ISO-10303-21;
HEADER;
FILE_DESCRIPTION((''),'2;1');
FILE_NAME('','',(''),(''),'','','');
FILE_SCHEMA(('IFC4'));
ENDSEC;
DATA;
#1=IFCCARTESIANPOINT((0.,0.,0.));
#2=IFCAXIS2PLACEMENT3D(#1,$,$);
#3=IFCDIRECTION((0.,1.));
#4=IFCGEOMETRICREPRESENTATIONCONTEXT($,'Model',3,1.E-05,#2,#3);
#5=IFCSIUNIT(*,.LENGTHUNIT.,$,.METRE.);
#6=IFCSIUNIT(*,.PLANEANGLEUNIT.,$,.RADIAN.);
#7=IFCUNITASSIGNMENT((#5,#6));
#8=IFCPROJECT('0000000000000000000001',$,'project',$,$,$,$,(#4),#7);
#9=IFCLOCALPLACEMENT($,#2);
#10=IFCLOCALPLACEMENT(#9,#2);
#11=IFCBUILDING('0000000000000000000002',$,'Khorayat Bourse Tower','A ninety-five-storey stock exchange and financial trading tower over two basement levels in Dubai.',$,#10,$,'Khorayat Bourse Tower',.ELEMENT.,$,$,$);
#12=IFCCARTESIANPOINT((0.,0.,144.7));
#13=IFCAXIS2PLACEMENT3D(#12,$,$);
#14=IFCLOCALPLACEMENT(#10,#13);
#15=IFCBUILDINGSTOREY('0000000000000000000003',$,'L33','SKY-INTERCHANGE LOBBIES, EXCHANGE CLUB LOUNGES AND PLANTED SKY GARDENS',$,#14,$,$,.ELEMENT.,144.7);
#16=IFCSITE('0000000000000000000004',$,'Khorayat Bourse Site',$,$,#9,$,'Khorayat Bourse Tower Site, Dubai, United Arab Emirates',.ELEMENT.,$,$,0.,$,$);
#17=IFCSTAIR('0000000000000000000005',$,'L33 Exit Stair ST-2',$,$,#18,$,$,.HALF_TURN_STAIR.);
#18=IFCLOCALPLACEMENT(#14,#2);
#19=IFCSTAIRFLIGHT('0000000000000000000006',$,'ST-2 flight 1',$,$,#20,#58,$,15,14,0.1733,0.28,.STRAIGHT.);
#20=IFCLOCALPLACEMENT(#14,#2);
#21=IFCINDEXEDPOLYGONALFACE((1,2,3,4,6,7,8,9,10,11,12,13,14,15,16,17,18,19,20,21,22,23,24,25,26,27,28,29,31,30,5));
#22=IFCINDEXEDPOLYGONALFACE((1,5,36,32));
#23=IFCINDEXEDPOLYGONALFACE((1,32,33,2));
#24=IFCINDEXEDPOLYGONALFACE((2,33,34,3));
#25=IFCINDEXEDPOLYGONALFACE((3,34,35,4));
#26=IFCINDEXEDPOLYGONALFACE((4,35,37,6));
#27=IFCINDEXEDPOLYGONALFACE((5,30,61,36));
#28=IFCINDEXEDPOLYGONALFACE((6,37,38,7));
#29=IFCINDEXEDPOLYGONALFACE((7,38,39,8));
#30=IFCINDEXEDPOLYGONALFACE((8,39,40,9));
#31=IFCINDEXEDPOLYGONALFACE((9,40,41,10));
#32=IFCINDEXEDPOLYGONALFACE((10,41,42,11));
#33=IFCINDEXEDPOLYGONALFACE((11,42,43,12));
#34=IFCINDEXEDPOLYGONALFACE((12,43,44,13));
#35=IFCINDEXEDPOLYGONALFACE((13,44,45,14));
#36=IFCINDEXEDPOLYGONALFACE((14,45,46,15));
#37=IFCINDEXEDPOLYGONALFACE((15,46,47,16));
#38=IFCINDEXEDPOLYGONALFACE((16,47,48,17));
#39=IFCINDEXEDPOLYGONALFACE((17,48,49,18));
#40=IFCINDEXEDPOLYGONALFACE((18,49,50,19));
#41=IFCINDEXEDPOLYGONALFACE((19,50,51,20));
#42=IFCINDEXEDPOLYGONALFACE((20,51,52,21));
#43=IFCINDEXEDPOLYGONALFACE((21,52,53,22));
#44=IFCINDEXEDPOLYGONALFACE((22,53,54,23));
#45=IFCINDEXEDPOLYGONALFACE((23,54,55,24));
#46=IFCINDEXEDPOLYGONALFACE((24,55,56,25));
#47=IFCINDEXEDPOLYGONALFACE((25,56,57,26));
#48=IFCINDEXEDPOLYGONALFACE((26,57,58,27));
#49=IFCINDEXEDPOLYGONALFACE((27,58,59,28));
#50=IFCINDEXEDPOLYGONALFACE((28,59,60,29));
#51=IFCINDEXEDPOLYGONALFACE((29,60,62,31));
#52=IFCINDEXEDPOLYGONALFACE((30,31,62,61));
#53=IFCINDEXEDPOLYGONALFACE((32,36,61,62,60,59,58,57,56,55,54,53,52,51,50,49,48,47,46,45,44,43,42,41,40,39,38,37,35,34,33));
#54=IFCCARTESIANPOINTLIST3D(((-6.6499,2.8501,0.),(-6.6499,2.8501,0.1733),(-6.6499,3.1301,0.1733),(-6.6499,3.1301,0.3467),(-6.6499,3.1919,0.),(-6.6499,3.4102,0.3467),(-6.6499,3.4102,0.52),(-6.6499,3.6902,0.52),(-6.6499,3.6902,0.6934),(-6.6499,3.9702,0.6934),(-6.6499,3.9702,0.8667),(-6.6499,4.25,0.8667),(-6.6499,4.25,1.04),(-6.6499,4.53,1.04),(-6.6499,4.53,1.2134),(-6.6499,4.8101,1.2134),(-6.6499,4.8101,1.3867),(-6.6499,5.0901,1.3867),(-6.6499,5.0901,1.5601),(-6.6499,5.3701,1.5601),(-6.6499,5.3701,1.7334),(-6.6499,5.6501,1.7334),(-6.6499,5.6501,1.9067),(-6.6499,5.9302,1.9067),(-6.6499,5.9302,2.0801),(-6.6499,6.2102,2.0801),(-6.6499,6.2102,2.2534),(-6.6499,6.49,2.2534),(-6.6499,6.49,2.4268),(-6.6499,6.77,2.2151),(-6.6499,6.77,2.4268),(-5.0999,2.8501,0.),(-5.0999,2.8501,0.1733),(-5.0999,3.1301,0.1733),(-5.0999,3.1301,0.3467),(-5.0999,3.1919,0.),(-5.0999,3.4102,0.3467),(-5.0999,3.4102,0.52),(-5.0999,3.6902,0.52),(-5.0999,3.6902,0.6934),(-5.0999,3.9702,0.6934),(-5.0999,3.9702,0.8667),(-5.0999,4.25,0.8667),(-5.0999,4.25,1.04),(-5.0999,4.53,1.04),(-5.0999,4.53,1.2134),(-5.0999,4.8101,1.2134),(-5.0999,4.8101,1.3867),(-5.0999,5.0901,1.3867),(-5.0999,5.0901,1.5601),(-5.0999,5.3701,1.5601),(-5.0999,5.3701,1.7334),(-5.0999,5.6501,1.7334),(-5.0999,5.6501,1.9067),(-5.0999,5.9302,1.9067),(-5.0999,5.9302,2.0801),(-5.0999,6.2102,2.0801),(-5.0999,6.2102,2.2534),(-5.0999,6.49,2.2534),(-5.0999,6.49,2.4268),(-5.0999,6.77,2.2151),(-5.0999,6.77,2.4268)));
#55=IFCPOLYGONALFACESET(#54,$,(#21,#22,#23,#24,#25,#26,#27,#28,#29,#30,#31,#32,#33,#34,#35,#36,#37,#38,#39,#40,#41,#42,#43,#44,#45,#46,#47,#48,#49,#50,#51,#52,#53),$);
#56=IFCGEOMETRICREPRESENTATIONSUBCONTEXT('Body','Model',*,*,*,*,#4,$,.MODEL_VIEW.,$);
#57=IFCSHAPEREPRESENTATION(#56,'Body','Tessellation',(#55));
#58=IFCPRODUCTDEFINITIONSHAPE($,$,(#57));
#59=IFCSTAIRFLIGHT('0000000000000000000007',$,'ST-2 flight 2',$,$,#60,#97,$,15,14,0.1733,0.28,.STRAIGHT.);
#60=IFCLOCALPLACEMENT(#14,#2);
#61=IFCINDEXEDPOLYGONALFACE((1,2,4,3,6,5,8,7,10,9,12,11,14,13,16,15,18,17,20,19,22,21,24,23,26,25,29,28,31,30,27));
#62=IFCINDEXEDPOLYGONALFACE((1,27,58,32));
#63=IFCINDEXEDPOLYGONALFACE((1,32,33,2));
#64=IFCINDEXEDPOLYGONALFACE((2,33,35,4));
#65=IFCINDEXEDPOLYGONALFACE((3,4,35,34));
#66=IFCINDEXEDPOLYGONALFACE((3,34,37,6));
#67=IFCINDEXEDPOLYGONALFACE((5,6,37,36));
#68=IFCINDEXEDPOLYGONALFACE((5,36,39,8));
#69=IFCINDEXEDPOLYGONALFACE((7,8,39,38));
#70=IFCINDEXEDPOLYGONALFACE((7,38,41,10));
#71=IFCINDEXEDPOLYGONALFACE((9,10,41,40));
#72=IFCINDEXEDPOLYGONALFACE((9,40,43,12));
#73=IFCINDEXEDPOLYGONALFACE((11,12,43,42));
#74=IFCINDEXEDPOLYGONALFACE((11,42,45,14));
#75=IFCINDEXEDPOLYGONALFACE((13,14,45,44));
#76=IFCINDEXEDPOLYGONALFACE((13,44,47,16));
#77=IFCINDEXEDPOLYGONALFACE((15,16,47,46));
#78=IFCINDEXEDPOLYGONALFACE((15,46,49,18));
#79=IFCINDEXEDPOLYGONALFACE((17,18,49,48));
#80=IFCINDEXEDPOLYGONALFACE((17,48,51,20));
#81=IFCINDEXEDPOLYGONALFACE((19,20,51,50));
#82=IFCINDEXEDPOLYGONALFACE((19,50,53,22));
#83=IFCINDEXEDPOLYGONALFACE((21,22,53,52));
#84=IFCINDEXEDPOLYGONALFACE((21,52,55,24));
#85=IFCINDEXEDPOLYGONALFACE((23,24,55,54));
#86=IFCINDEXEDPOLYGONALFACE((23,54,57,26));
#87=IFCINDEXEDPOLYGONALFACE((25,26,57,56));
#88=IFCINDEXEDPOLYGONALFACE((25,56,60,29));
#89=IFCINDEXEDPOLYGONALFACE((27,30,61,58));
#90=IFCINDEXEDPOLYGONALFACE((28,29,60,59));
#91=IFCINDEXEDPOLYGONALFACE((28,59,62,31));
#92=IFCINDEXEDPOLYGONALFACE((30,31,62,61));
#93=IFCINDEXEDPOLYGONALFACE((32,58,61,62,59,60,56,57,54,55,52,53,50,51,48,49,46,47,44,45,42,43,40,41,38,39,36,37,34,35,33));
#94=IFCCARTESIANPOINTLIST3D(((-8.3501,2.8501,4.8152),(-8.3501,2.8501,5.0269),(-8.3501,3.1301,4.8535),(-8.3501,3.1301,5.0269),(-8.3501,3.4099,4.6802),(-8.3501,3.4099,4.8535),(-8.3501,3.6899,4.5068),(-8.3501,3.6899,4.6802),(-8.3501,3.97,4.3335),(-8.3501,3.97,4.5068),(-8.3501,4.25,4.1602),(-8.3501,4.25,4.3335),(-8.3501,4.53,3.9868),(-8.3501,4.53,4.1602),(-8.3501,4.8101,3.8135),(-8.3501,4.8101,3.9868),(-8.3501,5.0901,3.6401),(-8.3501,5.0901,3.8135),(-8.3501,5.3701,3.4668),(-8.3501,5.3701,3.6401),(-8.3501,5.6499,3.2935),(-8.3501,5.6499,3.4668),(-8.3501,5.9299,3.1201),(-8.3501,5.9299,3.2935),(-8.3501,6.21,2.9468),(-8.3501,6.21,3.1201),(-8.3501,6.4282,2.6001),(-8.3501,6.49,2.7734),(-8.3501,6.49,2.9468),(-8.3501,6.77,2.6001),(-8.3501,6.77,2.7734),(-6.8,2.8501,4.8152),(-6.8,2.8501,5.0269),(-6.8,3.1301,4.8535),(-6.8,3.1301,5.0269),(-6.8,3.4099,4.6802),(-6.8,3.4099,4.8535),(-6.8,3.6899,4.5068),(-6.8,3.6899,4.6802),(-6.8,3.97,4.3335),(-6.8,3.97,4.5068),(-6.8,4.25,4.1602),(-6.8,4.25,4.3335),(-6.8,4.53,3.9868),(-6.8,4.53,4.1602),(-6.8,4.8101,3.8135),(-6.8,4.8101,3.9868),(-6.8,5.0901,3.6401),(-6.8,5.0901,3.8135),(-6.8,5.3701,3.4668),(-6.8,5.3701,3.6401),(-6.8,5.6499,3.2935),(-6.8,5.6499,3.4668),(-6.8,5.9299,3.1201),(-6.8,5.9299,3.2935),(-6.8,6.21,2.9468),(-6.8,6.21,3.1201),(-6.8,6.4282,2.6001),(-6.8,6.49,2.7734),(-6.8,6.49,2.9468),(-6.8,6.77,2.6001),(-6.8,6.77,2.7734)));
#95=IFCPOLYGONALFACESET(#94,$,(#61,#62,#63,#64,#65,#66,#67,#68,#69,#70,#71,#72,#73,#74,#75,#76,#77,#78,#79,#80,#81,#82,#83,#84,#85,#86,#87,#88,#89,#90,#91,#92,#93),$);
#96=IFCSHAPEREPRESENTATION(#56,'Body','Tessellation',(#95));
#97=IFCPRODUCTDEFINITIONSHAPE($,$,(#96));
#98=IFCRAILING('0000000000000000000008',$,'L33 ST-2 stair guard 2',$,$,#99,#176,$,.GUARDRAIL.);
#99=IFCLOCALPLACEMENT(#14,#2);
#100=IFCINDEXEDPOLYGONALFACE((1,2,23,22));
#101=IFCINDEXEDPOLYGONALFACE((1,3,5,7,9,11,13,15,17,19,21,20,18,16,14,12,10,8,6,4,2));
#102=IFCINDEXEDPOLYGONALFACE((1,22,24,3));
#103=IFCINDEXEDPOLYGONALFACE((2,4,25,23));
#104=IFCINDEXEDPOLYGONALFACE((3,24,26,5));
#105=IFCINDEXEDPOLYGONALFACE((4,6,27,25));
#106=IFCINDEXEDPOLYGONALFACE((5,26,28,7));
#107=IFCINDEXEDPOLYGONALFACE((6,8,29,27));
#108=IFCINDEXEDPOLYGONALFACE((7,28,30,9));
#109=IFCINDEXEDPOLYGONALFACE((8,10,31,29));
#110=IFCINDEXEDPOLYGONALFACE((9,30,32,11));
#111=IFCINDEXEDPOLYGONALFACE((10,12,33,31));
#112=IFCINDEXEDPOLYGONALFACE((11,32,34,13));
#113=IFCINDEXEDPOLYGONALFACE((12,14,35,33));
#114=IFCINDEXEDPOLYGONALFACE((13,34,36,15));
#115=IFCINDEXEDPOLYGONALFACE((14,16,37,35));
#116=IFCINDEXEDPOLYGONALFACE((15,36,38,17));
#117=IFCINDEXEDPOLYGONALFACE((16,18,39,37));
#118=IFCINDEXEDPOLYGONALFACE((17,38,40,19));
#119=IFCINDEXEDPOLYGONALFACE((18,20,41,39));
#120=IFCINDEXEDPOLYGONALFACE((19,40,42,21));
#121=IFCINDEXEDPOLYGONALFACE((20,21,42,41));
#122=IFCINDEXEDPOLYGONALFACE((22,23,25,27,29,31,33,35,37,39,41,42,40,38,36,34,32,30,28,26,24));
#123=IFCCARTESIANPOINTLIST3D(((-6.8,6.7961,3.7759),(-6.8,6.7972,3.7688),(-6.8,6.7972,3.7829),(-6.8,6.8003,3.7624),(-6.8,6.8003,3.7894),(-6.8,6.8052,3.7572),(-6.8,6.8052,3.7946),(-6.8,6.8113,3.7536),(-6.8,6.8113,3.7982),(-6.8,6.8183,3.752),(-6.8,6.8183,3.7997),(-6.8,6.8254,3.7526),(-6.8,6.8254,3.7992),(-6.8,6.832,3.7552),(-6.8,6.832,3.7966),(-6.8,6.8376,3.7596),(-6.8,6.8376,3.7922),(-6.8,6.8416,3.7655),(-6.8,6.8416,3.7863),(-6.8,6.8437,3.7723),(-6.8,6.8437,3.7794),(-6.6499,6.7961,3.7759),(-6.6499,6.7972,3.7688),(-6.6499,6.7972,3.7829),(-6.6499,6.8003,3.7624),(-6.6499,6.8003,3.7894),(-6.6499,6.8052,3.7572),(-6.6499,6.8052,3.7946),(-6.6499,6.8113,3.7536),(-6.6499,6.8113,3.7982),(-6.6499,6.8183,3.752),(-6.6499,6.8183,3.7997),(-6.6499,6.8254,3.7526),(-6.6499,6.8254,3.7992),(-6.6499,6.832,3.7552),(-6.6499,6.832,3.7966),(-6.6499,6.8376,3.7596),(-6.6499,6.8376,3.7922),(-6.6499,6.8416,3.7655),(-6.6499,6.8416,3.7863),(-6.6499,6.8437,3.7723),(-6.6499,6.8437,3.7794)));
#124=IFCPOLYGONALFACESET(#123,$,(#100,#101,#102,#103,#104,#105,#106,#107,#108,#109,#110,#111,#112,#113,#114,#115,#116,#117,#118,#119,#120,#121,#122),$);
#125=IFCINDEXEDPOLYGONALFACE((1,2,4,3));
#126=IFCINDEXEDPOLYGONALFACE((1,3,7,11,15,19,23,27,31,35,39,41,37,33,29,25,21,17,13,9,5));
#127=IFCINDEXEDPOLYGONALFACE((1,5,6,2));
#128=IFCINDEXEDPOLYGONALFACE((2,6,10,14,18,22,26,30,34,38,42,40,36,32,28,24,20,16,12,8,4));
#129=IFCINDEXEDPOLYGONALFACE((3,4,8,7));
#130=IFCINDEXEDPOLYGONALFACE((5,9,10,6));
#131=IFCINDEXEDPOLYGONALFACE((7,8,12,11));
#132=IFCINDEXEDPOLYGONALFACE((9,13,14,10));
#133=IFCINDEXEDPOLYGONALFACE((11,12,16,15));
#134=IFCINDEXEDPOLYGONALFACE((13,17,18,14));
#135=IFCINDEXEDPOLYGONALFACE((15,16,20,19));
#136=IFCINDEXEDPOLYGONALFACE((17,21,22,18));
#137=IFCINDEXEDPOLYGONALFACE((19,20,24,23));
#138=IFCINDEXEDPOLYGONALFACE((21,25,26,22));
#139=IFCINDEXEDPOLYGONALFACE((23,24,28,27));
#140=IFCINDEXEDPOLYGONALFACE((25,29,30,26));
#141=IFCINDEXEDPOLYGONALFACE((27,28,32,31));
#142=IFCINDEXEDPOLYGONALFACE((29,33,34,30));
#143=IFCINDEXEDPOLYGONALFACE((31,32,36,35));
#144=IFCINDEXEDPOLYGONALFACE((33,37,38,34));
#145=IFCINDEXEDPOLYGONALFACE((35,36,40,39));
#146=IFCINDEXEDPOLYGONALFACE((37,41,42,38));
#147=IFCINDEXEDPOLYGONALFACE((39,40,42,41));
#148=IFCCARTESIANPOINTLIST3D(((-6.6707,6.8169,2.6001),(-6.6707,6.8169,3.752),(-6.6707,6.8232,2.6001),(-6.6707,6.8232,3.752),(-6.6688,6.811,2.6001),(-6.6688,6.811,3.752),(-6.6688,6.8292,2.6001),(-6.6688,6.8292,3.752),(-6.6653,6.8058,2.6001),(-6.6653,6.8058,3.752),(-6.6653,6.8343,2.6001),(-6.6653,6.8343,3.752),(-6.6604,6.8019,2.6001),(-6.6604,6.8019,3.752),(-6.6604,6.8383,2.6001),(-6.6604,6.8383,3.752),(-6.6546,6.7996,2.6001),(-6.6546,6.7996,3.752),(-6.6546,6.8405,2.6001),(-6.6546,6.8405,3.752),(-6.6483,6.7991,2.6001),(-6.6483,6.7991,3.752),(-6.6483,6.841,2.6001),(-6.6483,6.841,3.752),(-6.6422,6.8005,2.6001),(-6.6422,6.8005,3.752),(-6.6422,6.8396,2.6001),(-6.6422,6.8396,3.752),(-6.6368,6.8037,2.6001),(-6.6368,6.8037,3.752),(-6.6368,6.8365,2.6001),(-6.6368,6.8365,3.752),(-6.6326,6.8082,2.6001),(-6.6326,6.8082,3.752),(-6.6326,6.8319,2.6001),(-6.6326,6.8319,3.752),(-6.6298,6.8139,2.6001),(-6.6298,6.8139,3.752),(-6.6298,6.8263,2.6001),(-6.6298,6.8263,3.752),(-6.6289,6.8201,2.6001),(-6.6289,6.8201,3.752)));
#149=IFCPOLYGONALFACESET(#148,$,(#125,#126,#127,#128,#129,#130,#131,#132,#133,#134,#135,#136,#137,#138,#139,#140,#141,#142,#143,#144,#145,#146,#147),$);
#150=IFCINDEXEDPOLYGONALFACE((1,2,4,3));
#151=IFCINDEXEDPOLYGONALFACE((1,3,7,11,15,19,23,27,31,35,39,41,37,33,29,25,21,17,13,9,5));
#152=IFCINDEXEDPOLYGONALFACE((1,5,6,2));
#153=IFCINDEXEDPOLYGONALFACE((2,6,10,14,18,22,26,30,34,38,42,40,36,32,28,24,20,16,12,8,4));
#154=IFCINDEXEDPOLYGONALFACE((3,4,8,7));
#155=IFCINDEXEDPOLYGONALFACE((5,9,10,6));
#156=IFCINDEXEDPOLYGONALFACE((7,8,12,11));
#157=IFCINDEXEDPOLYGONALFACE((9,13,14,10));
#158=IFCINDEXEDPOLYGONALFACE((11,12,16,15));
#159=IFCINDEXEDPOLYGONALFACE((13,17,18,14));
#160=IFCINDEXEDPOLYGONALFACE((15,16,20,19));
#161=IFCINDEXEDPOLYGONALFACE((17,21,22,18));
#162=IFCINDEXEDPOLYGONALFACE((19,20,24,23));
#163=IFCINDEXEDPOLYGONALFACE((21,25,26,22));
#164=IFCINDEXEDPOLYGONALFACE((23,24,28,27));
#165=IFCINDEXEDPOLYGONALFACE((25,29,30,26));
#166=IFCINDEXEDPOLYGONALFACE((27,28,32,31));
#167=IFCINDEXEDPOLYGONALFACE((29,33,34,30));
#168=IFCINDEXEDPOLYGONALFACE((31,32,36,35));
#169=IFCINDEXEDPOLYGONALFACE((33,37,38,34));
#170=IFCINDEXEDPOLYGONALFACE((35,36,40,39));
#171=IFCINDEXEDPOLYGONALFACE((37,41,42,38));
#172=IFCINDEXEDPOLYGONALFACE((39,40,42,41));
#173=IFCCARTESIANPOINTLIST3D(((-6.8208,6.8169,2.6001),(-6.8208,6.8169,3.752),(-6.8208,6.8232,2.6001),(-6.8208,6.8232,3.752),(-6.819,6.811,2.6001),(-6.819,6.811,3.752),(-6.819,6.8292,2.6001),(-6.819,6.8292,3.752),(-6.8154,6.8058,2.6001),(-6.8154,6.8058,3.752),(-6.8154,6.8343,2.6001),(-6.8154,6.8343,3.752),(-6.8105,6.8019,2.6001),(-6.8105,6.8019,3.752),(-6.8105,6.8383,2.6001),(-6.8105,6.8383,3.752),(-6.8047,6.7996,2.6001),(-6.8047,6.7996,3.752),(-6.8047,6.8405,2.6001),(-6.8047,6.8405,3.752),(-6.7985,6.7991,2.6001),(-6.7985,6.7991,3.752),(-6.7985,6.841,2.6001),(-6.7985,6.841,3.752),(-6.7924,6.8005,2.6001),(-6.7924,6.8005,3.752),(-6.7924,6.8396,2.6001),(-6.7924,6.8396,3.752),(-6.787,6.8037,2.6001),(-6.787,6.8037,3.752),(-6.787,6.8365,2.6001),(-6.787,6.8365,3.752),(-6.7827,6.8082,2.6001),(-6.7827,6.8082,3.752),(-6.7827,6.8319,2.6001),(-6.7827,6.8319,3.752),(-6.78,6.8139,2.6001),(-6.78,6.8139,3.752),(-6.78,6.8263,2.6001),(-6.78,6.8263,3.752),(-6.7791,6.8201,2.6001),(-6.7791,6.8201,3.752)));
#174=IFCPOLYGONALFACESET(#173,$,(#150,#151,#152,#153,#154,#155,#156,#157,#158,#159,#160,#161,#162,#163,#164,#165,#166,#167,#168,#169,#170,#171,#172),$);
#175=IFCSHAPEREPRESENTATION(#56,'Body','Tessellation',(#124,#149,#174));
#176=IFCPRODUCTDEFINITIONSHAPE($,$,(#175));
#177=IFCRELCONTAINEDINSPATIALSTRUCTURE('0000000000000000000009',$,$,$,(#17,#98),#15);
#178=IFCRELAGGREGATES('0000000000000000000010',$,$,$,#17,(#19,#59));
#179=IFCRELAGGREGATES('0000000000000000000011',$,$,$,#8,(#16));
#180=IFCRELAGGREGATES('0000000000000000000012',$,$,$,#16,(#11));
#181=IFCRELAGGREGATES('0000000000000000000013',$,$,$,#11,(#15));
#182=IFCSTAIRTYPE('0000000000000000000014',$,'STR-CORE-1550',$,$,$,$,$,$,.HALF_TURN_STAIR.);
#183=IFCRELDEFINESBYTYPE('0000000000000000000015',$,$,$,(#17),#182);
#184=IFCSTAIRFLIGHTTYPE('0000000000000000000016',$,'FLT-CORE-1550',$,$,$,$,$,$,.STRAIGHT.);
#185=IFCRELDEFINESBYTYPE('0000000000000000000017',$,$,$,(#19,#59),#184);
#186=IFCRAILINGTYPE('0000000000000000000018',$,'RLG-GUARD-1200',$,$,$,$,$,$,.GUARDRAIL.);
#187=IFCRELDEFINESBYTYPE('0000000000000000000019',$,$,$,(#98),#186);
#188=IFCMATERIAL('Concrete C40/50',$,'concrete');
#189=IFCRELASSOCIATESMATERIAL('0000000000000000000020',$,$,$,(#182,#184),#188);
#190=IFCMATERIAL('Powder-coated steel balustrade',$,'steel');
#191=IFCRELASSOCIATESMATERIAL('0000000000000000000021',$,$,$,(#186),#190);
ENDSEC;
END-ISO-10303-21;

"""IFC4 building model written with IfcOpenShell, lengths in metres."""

from ifc_helpers import new_model, si_unit, direction, frame, origin, origin_2d, place, context, subcontext, project, spatial, polyline, circle, outline, extrude, source, transform, mapped, material, type_object, element, aggregate, save


model = new_model("IFC4")

# Units and contexts
model_context = context("Model", 3, precision=1e-05, world=origin(), true_north=direction((0.0, 1.0)))
body_context = subcontext(model_context, "Body", "Model", "MODEL_VIEW")
ifc_project = project(units=[si_unit("LENGTHUNIT", "METRE"), si_unit("PLANEANGLEUNIT", "RADIAN")], contexts=[model_context])

# Site, building, storey
site_placement = place(None, origin())
site = spatial("IfcSite", under=ifc_project, at=site_placement, Name="Khorayat Bourse Site", LongName="Khorayat Bourse Tower Site, Dubai, United Arab Emirates", CompositionType="ELEMENT", RefElevation=0.0)
building_placement = place(site_placement, origin())
building = spatial("IfcBuilding", under=site, at=building_placement, Name="Khorayat Bourse Tower", Description="A ninety-five-storey stock exchange and financial trading tower over two basement levels in Dubai.", LongName="Khorayat Bourse Tower", CompositionType="ELEMENT")
storey_placement = place(building_placement, frame((0.0, 0.0, 144.7)))
storey = spatial("IfcBuildingStorey", under=building, at=storey_placement, Name="L33", Description="SKY-INTERCHANGE LOBBIES, EXCHANGE CLUB LOUNGES AND PLANTED SKY GARDENS", CompositionType="ELEMENT", Elevation=144.7)

# Stair, stair flights
ifc_material_1 = material(Name="Concrete C40/50", Category="concrete")
stair_type = type_object("IfcStairType", Name="STR-CORE-1550", PredefinedType="HALF_TURN_STAIR", material=ifc_material_1)
stair_placement = place(storey_placement, origin())
stair = element("IfcStair", 1, at=stair_placement, inside=storey, type_object=stair_type, Name="L33 Exit Stair ST-2", PredefinedType="HALF_TURN_STAIR")
stair_flight_type = type_object("IfcStairFlightType", Name="FLT-CORE-1550", PredefinedType="STRAIGHT", material=ifc_material_1)
shared_shape_1 = source(origin(), body_context, "Body", "SweptSolid", [
    extrude(outline(polyline([(0.0, 0.0), (0.0, 0.1733), (0.28, 0.1733), (0.28, 0.3467), (0.5601, 0.3467), (0.5601, 0.52), (0.8401, 0.52), (0.8401, 0.6934), (1.1201, 0.6934), (1.1201, 0.8667), (1.3999, 0.8667), (1.3999, 1.04), (1.6799, 1.04), (1.6799, 1.2134), (1.96, 1.2134), (1.96, 1.3867), (2.24, 1.3867), (2.24, 1.5601), (2.52, 1.5601), (2.52, 1.7334), (2.8, 1.7334), (2.8, 1.9067), (3.0801, 1.9067), (3.0801, 2.0801), (3.3601, 2.0801), (3.3601, 2.2534), (3.6399, 2.2534), (3.6399, 2.4268), (3.9199, 2.4268), (3.9199, 2.6001), (3.9199, 2.2151), (0.3418, 0.0), (0.0, 0.0)])), frame((0.0, 0.7749, 0.0), z_axis=(0.0, -1.0, 0.0), x_axis=(1.0, 0.0, 0.0)), (0.0, 0.0, 1.0), 1.55),
])
stair_flight_1_placement = place(storey_placement, frame((-5.875, 2.8501, 0.0), z_axis=(0.0, 0.0, 1.0), x_axis=(0.0, 1.0, 0.0)))
stair_flight_1 = element("IfcStairFlight", 2, at=stair_flight_1_placement, type_object=stair_flight_type, Name="ST-2 flight 1", NumberOfRisers=15, NumberOfTreads=14, PredefinedType="STRAIGHT", RiserHeight=0.1733, TreadLength=0.28, context=body_context, shape_type="MappedRepresentation", body=[
    mapped(shared_shape_1, transform((0.0, 0.0, 0.0), scale=1.0)),
])
stair_flight_2_placement = place(storey_placement, frame((-7.575, 6.77, 2.6001), z_axis=(0.0, 0.0, 1.0), x_axis=(0.0, -1.0, 0.0)))
stair_flight_2 = element("IfcStairFlight", 3, at=stair_flight_2_placement, type_object=stair_flight_type, Name="ST-2 flight 2", NumberOfRisers=15, NumberOfTreads=14, PredefinedType="STRAIGHT", RiserHeight=0.1733, TreadLength=0.28, context=body_context, shape_type="MappedRepresentation", body=[
    mapped(shared_shape_1, transform((0.0, 0.0, 0.0), scale=1.0)),
])
aggregate(stair, [stair_flight_1, stair_flight_2])

# Railing
ifc_material_2 = material(Name="Powder-coated steel balustrade", Category="steel")
railing_type_1 = type_object("IfcRailingType", Name="RLG-GUARD-1200", PredefinedType="GUARDRAIL", material=ifc_material_2)
shared_shape_2 = source(origin(), body_context, "Body", "SweptSolid", [
    extrude(circle(Radius=0.0239, at=origin_2d()), frame((0.0, 0.0, 1.1758), z_axis=(-1.0, 0.0, 0.0), x_axis=(0.0, -1.0, 0.0)), (0.0, 0.0, 1.0), 0.1501),
    extrude(circle(Radius=0.021, at=origin_2d()), origin(), (0.0, 0.0, 1.0), 1.1519),
    extrude(circle(Radius=0.021, at=origin_2d()), frame((-0.1501, 0.0, 0.0)), (0.0, 0.0, 1.0), 1.1519),
])
for number, where, name in (
    (4, (-6.6499, 6.8201, 2.6001), "L33 ST-2 stair guard 2"),
):
    element("IfcRailing", number, at=place(storey_placement, frame(where)), inside=storey, type_object=railing_type_1, Name=name, PredefinedType="GUARDRAIL", context=body_context, shape_type="MappedRepresentation", body=[
        mapped(shared_shape_2, transform((0.0, 0.0, 0.0), scale=1.0)),
    ])

save(model, "model.ifc")
